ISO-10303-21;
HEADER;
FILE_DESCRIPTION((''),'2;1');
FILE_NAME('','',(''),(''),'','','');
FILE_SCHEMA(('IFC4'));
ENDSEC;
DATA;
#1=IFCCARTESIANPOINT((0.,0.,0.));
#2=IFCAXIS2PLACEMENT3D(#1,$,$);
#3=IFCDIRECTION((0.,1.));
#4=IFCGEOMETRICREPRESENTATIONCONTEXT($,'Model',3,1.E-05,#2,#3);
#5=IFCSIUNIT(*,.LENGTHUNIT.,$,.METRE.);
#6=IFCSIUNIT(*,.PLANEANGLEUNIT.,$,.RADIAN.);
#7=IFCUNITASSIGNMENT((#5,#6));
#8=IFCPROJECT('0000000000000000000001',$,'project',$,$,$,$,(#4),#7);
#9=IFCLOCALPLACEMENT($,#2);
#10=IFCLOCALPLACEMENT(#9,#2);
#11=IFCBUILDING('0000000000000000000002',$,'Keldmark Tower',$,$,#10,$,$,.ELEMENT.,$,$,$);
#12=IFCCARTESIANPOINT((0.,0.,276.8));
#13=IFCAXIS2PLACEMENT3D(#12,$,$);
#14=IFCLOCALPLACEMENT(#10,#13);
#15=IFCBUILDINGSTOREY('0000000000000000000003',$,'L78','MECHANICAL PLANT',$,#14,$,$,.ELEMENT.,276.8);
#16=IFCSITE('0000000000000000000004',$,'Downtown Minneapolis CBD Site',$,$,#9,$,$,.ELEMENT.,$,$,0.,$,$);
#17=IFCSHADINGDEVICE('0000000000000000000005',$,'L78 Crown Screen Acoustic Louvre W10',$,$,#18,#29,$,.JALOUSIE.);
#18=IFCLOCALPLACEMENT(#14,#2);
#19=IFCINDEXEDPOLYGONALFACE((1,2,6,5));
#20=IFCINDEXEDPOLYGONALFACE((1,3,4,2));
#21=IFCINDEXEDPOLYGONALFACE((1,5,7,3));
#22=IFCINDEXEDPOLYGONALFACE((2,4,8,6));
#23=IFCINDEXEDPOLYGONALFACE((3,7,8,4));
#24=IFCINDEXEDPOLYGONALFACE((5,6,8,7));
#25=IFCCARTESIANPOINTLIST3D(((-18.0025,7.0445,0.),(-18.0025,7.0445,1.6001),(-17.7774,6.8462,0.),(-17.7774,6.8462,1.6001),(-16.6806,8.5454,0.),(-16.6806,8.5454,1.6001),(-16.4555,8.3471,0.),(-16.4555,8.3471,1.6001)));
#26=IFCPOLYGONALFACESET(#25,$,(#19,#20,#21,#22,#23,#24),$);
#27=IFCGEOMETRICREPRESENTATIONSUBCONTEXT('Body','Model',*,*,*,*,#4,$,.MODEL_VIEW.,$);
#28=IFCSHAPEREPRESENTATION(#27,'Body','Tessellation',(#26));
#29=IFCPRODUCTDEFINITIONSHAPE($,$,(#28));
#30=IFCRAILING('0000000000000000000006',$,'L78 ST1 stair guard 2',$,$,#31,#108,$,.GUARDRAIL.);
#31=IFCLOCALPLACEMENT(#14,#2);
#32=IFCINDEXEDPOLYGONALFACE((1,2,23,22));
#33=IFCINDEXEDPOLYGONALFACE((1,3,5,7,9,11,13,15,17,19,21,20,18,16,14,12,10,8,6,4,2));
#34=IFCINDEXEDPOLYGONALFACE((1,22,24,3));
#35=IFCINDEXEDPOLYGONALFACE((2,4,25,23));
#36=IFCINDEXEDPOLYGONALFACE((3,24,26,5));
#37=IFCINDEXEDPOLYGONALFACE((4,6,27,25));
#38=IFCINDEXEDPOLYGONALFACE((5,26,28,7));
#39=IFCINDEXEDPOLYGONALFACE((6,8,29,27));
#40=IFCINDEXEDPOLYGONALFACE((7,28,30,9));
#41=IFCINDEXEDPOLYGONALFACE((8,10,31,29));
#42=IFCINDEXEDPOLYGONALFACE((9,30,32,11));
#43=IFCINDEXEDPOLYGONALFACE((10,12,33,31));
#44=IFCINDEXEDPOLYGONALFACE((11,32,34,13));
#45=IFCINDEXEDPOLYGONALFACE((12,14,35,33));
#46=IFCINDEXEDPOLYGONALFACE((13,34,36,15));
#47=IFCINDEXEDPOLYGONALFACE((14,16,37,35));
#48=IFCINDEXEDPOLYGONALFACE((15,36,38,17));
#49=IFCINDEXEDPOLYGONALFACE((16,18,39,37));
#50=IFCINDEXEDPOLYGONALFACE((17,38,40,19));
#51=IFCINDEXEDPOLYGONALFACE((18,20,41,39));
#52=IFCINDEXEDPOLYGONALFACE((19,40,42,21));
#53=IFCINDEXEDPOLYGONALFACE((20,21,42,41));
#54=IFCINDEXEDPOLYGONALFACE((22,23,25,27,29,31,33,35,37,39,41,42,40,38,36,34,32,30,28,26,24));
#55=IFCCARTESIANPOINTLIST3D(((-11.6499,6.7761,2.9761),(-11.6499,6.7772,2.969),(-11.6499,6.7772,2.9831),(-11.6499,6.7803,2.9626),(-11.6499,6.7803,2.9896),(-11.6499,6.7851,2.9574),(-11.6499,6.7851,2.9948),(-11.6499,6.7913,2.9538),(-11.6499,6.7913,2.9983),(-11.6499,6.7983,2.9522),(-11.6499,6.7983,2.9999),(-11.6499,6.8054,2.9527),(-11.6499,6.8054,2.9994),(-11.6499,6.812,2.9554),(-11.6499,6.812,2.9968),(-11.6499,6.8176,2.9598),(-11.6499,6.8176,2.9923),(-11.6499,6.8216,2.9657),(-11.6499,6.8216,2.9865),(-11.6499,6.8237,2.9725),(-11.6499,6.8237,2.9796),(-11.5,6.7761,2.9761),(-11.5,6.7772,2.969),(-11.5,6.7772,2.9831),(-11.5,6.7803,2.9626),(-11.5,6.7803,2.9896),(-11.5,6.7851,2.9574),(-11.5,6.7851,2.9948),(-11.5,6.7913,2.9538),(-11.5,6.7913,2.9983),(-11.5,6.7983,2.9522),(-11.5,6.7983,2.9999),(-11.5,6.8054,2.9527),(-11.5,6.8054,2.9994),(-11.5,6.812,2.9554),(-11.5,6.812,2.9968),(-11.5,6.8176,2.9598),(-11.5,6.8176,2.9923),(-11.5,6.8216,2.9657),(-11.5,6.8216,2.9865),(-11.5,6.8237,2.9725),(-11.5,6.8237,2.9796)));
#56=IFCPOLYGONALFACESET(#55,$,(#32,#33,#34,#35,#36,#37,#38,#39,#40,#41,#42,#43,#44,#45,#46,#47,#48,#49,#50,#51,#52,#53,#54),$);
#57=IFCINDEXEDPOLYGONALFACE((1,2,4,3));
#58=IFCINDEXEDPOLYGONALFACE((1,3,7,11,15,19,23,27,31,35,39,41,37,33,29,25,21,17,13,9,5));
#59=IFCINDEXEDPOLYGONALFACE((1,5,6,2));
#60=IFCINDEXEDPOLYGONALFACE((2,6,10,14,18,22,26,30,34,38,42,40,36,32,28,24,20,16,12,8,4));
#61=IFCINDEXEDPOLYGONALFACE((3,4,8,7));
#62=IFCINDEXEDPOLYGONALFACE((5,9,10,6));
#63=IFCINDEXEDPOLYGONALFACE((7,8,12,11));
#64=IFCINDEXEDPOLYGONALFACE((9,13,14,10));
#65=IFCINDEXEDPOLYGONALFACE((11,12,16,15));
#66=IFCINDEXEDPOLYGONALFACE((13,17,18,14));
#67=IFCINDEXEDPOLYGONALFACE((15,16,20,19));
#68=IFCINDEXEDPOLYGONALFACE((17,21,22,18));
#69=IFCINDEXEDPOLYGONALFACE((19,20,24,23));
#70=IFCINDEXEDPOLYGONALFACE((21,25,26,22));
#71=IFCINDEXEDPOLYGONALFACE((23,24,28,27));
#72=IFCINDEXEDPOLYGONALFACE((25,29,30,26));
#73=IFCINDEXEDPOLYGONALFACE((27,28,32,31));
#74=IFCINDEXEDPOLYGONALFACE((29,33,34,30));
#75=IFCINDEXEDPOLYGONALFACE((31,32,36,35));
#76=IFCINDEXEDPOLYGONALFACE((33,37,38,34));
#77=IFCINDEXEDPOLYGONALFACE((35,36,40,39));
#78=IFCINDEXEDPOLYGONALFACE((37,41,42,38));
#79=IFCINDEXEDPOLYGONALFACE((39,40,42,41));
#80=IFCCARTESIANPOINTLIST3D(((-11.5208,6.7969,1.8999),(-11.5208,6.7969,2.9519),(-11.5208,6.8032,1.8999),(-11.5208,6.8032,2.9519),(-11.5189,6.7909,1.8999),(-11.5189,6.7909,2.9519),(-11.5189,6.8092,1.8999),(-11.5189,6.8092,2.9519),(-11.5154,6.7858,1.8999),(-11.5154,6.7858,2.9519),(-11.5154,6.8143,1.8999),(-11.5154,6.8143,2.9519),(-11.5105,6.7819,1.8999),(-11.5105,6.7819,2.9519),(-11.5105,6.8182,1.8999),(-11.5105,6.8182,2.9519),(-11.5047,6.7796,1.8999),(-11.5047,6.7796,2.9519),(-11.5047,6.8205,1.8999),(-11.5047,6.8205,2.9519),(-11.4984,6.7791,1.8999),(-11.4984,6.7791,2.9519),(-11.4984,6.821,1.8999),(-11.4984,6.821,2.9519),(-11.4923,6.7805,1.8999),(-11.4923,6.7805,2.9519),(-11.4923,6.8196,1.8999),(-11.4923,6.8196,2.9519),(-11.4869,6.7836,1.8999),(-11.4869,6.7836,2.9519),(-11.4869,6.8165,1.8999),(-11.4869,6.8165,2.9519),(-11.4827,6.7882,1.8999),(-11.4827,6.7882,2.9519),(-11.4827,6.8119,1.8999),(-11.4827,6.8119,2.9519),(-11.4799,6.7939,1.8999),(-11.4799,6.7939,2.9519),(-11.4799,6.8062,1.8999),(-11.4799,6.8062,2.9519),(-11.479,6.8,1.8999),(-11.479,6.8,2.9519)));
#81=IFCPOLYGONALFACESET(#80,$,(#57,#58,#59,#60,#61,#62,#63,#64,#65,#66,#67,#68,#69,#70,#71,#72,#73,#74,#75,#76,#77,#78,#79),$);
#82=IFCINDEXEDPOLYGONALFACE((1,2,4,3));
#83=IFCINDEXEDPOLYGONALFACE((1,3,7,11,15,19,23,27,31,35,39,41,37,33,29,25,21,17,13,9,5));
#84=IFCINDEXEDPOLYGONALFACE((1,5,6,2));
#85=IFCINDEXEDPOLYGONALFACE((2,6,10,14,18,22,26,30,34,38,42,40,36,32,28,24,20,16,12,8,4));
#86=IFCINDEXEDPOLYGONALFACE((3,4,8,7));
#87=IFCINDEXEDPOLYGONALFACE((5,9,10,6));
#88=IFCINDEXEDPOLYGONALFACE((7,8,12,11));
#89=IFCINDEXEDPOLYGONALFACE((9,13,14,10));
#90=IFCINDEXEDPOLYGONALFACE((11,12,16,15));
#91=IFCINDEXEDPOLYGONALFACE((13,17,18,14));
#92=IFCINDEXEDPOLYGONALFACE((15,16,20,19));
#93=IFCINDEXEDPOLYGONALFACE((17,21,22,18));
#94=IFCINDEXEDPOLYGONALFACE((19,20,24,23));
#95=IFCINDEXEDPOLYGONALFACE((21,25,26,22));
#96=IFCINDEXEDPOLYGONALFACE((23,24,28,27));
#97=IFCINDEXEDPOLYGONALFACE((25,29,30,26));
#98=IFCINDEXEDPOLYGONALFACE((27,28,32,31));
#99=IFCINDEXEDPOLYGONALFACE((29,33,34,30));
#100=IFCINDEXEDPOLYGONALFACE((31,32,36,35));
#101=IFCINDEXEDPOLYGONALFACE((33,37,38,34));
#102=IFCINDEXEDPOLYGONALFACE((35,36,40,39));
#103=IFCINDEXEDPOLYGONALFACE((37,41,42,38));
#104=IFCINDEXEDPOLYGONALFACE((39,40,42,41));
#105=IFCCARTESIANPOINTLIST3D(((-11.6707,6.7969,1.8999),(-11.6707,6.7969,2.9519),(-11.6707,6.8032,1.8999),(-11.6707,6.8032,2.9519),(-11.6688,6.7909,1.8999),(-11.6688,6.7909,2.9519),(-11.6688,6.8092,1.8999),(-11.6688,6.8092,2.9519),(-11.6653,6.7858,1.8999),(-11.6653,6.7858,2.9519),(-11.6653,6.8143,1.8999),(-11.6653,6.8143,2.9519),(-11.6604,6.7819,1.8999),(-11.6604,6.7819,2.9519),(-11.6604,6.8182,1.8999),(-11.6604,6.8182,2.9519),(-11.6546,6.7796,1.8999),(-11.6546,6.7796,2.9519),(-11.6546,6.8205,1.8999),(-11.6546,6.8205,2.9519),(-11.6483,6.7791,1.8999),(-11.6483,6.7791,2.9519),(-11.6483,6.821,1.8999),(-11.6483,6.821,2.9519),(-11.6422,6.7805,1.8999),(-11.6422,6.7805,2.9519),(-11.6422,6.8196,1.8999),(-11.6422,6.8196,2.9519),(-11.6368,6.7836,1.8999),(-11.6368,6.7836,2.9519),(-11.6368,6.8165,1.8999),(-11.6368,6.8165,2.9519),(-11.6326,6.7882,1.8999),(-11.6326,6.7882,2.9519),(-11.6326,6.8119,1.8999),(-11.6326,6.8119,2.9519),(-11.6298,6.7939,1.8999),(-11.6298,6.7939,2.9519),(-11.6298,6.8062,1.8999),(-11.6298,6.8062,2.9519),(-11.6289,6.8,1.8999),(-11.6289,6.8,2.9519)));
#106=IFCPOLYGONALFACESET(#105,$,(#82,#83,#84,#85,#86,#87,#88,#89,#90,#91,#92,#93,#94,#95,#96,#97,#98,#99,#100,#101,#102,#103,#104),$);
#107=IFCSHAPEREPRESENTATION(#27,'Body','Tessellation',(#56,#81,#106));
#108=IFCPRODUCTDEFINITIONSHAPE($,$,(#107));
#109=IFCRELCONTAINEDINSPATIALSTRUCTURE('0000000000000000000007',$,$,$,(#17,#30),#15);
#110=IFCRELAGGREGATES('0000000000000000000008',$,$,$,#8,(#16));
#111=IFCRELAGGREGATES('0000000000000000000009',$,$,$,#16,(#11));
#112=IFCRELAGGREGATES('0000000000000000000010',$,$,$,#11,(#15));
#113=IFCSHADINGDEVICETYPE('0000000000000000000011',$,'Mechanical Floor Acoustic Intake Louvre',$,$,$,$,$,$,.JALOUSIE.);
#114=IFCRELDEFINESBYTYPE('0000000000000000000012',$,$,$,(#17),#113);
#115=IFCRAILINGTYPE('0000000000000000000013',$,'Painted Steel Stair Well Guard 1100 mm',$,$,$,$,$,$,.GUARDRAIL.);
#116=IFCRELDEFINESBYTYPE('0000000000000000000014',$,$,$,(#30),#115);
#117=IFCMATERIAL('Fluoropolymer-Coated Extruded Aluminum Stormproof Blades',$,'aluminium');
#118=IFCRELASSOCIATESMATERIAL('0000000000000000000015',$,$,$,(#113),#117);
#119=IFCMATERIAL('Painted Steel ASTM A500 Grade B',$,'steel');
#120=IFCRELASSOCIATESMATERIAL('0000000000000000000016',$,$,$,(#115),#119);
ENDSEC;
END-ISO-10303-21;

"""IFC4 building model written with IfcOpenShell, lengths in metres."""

from ifc_helpers import new_model, si_unit, direction, frame, origin, origin_2d, place, context, subcontext, project, spatial, rectangle, circle, extrude, material, type_object, element, save


model = new_model("IFC4")

# Units and contexts
model_context = context("Model", 3, precision=1e-05, world=origin(), true_north=direction((0.0, 1.0)))
body_context = subcontext(model_context, "Body", "Model", "MODEL_VIEW")
ifc_project = project(units=[si_unit("LENGTHUNIT", "METRE"), si_unit("PLANEANGLEUNIT", "RADIAN")], contexts=[model_context])

# Site, building, storey
site_placement = place(None, origin())
site = spatial("IfcSite", under=ifc_project, at=site_placement, Name="Downtown Minneapolis CBD Site", CompositionType="ELEMENT", RefElevation=0.0)
building_placement = place(site_placement, origin())
building = spatial("IfcBuilding", under=site, at=building_placement, Name="Keldmark Tower", CompositionType="ELEMENT")
storey_placement = place(building_placement, frame((0.0, 0.0, 276.8)))
storey = spatial("IfcBuildingStorey", under=building, at=storey_placement, Name="L78", Description="MECHANICAL PLANT", CompositionType="ELEMENT", Elevation=276.8)

# Shading device
ifc_material_1 = material(Name="Fluoropolymer-Coated Extruded Aluminum Stormproof Blades", Category="aluminium")
shading_device_type = type_object("IfcShadingDeviceType", Name="Mechanical Floor Acoustic Intake Louvre", PredefinedType="JALOUSIE", material=ifc_material_1)
shading_device_placement = place(storey_placement, frame((-17.229, 7.6958, 0.0), z_axis=(0.0, 0.0, 1.0), x_axis=(-0.660958, -0.750423, 0.0)))
element("IfcShadingDevice", 1, at=shading_device_placement, inside=storey, type_object=shading_device_type, Name="L78 Crown Screen Acoustic Louvre W10", PredefinedType="JALOUSIE", context=body_context, shape_type="SweptSolid", body=[
    extrude(rectangle(XDim=2.0, YDim=0.3, at=origin_2d()), origin(), (0.0, 0.0, 1.0), 1.6001),
])

# Railing
ifc_material_2 = material(Name="Painted Steel ASTM A500 Grade B", Category="steel")
railing_type_1 = type_object("IfcRailingType", Name="Painted Steel Stair Well Guard 1100 mm", PredefinedType="GUARDRAIL", material=ifc_material_2)
railing_1_placement = place(storey_placement, frame((-11.5, 6.8, 1.8999)))
element("IfcRailing", 2, at=railing_1_placement, inside=storey, type_object=railing_type_1, Name="L78 ST1 stair guard 2", PredefinedType="GUARDRAIL", context=body_context, shape_type="SweptSolid", body=[
    extrude(circle(Radius=0.0239, at=origin_2d()), frame((0.0, 0.0, 1.0762), z_axis=(-1.0, 0.0, 0.0), x_axis=(0.0, -1.0, 0.0)), (0.0, 0.0, 1.0), 0.1499),
    extrude(circle(Radius=0.021, at=origin_2d()), origin(), (0.0, 0.0, 1.0), 1.052),
    extrude(circle(Radius=0.021, at=origin_2d()), frame((-0.1499, 0.0, 0.0)), (0.0, 0.0, 1.0), 1.052),
])

save(model, "model.ifc")
